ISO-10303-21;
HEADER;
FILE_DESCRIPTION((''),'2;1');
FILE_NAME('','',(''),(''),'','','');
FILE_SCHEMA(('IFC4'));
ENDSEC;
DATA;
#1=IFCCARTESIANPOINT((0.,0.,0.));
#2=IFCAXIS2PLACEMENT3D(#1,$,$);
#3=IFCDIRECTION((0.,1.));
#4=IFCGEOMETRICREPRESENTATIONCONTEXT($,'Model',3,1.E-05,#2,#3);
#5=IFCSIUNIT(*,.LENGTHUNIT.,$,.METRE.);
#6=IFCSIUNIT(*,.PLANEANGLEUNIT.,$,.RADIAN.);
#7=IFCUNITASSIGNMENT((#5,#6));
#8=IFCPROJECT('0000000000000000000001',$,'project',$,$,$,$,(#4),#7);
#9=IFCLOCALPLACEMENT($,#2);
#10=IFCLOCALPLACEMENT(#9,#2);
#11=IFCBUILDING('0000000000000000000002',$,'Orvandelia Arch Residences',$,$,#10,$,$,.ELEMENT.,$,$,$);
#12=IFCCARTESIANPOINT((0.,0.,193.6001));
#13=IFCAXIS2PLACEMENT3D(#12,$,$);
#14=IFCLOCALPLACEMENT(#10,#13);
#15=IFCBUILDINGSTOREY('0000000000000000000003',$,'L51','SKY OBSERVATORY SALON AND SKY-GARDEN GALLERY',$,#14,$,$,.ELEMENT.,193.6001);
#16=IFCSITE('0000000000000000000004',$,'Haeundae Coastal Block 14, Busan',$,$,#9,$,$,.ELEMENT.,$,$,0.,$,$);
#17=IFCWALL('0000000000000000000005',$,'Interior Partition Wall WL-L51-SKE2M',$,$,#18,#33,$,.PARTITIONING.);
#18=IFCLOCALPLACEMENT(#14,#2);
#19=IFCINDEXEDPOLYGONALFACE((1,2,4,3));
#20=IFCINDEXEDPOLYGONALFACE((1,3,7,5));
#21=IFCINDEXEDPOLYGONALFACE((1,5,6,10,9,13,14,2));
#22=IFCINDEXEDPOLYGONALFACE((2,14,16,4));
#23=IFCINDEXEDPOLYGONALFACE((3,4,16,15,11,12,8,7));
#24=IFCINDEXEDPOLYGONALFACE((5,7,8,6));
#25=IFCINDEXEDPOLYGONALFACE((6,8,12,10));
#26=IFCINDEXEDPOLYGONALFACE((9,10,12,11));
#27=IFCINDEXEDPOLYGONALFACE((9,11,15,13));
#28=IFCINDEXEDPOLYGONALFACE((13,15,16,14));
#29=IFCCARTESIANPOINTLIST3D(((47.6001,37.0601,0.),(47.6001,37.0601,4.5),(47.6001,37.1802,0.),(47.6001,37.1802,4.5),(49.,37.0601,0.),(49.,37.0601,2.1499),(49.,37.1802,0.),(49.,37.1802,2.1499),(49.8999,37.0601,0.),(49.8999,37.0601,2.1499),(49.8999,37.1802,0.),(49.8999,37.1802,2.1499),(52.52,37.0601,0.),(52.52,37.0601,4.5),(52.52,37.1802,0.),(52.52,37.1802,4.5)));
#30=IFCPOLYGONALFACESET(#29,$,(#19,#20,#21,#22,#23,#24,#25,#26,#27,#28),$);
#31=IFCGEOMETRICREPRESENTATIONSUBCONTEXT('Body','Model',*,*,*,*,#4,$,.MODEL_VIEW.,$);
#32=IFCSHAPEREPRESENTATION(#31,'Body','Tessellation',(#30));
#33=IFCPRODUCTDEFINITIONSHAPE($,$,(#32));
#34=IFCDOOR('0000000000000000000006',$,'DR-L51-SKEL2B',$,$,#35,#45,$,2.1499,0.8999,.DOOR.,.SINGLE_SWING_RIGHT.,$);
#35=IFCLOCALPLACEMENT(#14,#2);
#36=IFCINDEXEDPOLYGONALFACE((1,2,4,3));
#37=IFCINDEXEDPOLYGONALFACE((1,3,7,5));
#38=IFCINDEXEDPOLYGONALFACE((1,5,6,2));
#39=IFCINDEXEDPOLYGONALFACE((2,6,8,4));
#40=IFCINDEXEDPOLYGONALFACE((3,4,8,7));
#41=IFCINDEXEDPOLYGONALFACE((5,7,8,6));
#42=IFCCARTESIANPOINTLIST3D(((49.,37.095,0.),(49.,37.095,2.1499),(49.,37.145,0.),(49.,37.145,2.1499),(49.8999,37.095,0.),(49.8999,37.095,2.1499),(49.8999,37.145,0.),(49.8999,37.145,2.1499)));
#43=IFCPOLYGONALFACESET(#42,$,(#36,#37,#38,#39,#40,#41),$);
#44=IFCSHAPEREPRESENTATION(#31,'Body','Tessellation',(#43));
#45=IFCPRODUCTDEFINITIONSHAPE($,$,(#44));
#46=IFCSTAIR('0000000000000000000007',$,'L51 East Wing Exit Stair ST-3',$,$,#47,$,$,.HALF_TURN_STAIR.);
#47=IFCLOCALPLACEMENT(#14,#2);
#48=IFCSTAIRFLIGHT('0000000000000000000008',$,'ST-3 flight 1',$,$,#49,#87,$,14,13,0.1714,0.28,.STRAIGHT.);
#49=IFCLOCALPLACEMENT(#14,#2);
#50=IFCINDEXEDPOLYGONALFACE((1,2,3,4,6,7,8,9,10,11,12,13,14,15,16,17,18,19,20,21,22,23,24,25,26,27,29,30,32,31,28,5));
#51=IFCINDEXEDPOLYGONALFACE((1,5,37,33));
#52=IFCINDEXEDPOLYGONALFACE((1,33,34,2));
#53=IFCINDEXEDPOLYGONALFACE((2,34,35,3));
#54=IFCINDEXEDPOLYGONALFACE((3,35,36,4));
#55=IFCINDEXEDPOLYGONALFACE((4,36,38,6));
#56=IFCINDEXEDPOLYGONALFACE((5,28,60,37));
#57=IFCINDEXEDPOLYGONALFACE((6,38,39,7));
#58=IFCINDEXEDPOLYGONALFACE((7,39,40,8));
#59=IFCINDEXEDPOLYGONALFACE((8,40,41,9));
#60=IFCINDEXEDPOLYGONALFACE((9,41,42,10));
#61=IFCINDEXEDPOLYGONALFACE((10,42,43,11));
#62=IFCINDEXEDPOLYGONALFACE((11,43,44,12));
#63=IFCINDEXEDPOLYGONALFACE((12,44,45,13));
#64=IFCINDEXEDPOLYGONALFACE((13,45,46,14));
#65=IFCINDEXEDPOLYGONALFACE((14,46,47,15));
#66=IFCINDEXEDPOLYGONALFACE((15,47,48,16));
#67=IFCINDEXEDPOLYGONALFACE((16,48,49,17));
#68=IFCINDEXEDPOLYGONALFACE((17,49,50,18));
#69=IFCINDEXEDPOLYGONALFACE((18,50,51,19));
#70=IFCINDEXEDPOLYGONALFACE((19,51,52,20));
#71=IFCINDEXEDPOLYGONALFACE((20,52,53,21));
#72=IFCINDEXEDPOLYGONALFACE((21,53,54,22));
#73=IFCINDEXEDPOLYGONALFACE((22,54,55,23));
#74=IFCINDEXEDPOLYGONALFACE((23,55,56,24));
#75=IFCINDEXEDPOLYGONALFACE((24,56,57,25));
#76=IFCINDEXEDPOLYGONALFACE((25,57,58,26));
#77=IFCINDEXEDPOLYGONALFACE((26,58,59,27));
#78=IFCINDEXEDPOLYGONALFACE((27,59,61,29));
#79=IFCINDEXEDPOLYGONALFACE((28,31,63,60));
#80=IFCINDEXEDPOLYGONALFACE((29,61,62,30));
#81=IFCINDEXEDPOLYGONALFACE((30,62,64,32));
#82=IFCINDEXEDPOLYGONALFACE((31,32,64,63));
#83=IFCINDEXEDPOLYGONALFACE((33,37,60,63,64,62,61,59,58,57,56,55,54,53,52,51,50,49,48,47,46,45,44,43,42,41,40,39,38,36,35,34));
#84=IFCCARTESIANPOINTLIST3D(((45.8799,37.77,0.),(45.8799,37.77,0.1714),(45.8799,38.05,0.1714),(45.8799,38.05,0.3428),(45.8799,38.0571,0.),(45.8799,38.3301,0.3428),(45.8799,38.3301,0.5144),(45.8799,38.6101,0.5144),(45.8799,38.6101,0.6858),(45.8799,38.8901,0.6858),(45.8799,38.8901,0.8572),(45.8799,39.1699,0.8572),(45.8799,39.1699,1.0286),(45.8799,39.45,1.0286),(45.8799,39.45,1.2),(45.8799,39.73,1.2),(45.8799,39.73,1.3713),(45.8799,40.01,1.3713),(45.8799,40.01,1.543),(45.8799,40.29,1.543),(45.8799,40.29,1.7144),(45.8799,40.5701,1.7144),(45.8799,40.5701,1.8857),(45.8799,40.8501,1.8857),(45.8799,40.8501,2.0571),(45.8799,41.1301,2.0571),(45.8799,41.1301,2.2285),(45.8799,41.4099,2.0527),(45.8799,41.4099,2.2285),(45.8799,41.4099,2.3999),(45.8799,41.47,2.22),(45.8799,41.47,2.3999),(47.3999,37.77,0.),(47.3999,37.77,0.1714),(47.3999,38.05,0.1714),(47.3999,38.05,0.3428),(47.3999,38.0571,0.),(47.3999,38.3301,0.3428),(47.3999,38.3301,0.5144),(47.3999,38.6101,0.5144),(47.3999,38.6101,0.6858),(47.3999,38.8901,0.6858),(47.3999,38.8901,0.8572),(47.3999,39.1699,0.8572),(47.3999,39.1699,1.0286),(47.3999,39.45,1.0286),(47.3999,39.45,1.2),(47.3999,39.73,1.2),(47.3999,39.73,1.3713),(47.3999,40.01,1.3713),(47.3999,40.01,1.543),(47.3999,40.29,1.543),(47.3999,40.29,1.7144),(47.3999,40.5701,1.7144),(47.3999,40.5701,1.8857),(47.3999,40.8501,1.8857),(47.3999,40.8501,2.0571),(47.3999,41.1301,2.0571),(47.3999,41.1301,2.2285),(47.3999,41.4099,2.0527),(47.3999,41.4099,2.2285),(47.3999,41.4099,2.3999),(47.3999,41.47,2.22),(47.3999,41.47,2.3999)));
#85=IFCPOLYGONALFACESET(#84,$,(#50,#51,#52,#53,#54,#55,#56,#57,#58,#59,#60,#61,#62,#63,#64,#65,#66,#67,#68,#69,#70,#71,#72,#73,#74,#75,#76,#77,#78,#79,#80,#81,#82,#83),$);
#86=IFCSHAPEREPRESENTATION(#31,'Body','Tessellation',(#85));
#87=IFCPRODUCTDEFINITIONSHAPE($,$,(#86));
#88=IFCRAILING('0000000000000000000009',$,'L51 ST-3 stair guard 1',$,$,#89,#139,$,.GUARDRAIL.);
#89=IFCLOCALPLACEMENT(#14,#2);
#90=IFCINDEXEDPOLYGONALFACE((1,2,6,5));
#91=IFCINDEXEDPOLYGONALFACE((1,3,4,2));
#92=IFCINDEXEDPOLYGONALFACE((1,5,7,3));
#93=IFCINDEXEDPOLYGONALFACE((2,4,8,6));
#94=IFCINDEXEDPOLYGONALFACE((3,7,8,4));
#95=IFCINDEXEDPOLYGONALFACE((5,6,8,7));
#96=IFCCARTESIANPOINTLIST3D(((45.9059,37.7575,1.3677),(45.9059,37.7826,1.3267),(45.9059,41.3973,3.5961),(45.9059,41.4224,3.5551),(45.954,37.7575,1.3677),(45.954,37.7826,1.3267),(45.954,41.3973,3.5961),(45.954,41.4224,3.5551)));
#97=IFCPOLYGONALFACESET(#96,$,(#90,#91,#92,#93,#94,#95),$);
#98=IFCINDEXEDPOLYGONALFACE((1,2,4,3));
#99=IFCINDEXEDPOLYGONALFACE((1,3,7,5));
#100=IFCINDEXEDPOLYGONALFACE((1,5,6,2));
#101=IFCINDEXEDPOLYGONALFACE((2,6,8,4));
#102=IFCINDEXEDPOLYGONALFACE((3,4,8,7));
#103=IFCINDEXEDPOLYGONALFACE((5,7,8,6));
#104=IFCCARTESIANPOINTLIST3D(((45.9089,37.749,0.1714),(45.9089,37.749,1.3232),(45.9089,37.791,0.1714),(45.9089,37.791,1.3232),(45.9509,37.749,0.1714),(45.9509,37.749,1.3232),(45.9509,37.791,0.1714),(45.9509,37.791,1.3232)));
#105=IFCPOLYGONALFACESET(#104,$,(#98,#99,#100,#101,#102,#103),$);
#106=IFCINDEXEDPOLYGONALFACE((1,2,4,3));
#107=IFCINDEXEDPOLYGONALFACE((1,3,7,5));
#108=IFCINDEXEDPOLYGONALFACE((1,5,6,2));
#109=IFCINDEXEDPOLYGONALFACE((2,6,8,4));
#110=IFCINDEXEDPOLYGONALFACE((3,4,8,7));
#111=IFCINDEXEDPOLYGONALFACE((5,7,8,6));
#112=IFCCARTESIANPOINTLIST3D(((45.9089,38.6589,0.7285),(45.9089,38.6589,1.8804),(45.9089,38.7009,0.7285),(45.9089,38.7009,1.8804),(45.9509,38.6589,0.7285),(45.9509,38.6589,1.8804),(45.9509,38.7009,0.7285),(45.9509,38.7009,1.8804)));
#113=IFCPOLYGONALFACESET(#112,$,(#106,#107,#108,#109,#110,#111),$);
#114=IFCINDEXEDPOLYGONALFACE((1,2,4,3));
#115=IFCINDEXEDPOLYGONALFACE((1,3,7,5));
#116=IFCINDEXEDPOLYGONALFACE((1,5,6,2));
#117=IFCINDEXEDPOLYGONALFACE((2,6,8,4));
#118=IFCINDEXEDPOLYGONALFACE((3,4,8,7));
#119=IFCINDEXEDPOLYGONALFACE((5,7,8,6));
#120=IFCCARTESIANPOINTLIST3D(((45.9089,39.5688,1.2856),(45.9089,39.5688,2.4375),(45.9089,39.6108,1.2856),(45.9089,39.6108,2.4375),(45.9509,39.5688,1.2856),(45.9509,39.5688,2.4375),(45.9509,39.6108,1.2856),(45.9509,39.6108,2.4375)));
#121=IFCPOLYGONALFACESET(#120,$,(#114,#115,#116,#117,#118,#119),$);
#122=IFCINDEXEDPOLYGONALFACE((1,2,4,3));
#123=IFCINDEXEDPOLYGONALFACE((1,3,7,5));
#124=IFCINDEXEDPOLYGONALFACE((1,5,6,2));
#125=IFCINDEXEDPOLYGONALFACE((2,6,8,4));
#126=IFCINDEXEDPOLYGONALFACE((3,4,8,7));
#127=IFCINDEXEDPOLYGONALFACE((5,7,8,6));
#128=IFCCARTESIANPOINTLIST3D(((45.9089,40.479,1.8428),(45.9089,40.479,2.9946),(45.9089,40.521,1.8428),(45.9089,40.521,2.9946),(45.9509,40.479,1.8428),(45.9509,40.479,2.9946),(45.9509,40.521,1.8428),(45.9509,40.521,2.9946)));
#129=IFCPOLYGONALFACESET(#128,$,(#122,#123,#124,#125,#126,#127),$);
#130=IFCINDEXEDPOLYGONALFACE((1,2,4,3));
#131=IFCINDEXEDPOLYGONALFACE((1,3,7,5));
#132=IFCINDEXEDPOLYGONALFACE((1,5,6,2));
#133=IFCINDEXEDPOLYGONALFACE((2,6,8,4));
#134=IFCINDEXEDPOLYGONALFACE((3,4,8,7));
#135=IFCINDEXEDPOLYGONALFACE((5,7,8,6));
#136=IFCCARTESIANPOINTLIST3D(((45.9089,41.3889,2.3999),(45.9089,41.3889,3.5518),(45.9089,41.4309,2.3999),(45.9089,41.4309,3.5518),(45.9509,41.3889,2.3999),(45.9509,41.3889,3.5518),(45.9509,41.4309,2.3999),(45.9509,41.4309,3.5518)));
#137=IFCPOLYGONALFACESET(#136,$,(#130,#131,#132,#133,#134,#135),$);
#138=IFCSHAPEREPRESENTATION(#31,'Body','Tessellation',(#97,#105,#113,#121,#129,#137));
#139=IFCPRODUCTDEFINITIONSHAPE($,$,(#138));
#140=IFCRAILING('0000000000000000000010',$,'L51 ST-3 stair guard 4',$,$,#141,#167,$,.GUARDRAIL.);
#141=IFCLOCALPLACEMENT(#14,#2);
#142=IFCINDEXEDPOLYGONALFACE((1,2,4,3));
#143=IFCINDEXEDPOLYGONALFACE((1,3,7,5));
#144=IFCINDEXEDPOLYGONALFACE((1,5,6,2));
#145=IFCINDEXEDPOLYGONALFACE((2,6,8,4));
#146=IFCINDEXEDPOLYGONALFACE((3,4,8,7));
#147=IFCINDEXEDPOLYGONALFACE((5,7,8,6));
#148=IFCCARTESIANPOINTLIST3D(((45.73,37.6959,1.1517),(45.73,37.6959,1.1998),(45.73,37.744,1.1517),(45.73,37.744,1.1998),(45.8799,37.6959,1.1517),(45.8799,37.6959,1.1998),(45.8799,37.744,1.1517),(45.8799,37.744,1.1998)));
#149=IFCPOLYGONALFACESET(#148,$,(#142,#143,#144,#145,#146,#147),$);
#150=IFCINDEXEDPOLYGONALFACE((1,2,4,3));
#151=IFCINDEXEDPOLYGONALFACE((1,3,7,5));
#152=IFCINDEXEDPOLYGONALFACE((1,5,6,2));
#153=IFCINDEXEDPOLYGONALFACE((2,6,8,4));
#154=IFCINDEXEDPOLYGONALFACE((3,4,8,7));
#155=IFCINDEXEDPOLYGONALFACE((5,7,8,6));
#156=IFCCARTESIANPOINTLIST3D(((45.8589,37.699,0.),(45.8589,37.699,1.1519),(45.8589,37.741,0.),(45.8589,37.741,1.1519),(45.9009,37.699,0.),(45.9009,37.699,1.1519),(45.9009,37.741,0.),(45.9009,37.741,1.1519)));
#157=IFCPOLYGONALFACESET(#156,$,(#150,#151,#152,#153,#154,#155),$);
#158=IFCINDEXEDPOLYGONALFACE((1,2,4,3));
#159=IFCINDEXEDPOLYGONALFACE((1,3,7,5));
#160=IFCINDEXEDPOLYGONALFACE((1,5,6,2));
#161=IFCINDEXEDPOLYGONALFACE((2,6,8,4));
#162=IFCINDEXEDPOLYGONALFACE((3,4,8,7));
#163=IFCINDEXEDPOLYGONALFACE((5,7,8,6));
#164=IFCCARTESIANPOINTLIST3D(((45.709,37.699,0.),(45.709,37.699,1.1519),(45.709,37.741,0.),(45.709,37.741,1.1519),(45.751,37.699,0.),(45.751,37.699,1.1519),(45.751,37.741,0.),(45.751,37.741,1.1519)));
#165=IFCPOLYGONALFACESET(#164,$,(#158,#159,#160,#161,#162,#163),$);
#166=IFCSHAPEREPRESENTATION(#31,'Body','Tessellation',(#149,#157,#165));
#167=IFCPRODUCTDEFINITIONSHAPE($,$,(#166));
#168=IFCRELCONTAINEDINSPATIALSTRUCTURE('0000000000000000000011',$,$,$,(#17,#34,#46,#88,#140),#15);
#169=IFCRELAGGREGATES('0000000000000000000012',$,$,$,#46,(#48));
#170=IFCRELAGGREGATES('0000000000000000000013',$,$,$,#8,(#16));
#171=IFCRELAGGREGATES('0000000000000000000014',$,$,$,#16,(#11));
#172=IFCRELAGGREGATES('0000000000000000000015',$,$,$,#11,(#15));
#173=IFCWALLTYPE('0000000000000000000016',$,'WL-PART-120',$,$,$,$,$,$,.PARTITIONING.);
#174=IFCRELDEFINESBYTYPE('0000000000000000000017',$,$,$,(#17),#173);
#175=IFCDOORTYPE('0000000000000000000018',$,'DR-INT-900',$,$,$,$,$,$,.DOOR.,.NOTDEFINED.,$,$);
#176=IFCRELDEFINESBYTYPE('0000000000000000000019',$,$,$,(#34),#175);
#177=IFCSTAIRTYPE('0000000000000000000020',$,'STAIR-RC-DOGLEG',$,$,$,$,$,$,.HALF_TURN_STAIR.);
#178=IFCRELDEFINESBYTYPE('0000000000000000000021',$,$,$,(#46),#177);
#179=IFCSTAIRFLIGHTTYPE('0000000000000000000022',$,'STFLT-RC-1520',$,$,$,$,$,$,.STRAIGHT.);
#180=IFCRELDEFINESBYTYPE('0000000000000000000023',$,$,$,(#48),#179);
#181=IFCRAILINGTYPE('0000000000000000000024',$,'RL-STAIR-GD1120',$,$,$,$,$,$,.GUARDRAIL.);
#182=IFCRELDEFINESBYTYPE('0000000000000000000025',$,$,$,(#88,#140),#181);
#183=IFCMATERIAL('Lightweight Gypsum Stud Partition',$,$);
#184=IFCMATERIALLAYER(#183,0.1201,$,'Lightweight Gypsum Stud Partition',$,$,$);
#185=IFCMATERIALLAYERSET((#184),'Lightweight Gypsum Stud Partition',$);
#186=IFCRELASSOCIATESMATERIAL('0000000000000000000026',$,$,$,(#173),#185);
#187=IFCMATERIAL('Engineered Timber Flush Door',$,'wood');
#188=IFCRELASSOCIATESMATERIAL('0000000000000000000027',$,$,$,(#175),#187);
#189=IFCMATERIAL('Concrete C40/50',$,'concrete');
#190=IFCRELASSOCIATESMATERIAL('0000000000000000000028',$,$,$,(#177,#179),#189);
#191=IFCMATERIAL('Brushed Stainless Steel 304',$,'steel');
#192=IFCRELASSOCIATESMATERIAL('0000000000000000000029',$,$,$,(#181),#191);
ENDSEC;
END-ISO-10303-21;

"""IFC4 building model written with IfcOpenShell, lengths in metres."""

from ifc_helpers import new_model, si_unit, direction, frame, frame_2d, origin, origin_2d, place, context, subcontext, project, spatial, polyline, rectangle, outline, extrude, material, layer, layer_set, type_object, element, fill, aggregate, save


model = new_model("IFC4")

# Units and contexts
model_context = context("Model", 3, precision=1e-05, world=origin(), true_north=direction((0.0, 1.0)))
body_context = subcontext(model_context, "Body", "Model", "MODEL_VIEW")
ifc_project = project(units=[si_unit("LENGTHUNIT", "METRE"), si_unit("PLANEANGLEUNIT", "RADIAN")], contexts=[model_context])

# Site, building, storey
site_placement = place(None, origin())
site = spatial("IfcSite", under=ifc_project, at=site_placement, Name="Haeundae Coastal Block 14, Busan", CompositionType="ELEMENT", RefElevation=0.0)
building_placement = place(site_placement, origin())
building = spatial("IfcBuilding", under=site, at=building_placement, Name="Orvandelia Arch Residences", CompositionType="ELEMENT")
storey_placement = place(building_placement, frame((0.0, 0.0, 193.6001)))
storey = spatial("IfcBuildingStorey", under=building, at=storey_placement, Name="L51", Description="SKY OBSERVATORY SALON AND SKY-GARDEN GALLERY", CompositionType="ELEMENT", Elevation=193.6001)

# Shared definitions
ifc_material_1 = material(Name="Concrete C40/50", Category="concrete")

# Wall, opening, door
ifc_material_2 = material(Name="Lightweight Gypsum Stud Partition")
ifc_layer_1 = layer(ifc_material_2, 0.1201, Name="Lightweight Gypsum Stud Partition")
ifc_layer_set_1 = layer_set([ifc_layer_1], Name="Lightweight Gypsum Stud Partition")
wall_type_1 = type_object("IfcWallType", Name="WL-PART-120", PredefinedType="PARTITIONING", material=ifc_layer_set_1)
wall_1_placement = place(storey_placement, frame((47.6001, 37.1201, 0.0), z_axis=(0.0, 0.0, 1.0), x_axis=(1.0, 0.0, 0.0)))
wall_1 = element("IfcWall", 1, at=wall_1_placement, inside=storey, type_object=wall_type_1, Name="Interior Partition Wall WL-L51-SKE2M", PredefinedType="PARTITIONING", context=body_context, shape_type="SweptSolid", body=[
    extrude(rectangle(XDim=4.9199, YDim=0.1201, at=frame_2d((2.46, 0.0))), origin(), (0.0, 0.0, 1.0), 4.5),
])
opening_placement = place(wall_1_placement, frame((1.3999, 0.0, 0.0)))
opening = element("IfcOpeningElement", 2, at=opening_placement, cuts=wall_1, PredefinedType="OPENING", context=body_context, shape_type="SweptSolid", body=[
    extrude(rectangle(XDim=0.8999, YDim=2.1499, at=frame_2d((0.45, 1.075))), frame((0.0, 0.0701, 0.0), z_axis=(0.0, -1.0, 0.0), x_axis=(1.0, 0.0, 0.0)), (0.0, 0.0, 1.0), 0.1401),
])
ifc_material_3 = material(Name="Engineered Timber Flush Door", Category="wood")
door_type = type_object("IfcDoorType", Name="DR-INT-900", OperationType="NOTDEFINED", PredefinedType="DOOR", material=ifc_material_3)
door_placement = place(opening_placement, origin())
door = element("IfcDoor", 3, at=door_placement, inside=storey, type_object=door_type, Name="DR-L51-SKEL2B", OperationType="SINGLE_SWING_RIGHT", OverallHeight=2.1499, OverallWidth=0.8999, PredefinedType="DOOR", context=body_context, shape_type="SweptSolid", body=[
    extrude(rectangle(XDim=0.8999, YDim=2.1499, at=frame_2d((0.45, 1.075))), frame((0.0, 0.0249, 0.0), z_axis=(0.0, -1.0, 0.0), x_axis=(1.0, 0.0, 0.0)), (0.0, 0.0, 1.0), 0.05),
])
fill(opening, door)

# Stair, stair flight
stair_type = type_object("IfcStairType", Name="STAIR-RC-DOGLEG", PredefinedType="HALF_TURN_STAIR", material=ifc_material_1)
stair_placement = place(storey_placement, origin())
stair = element("IfcStair", 4, at=stair_placement, inside=storey, type_object=stair_type, Name="L51 East Wing Exit Stair ST-3", PredefinedType="HALF_TURN_STAIR")
stair_flight_type = type_object("IfcStairFlightType", Name="STFLT-RC-1520", PredefinedType="STRAIGHT", material=ifc_material_1)
stair_flight_placement = place(storey_placement, frame((46.6399, 37.77, 0.0), z_axis=(0.0, 0.0, 1.0), x_axis=(0.0, 1.0, 0.0)))
stair_flight = element("IfcStairFlight", 5, at=stair_flight_placement, type_object=stair_flight_type, Name="ST-3 flight 1", NumberOfRisers=14, NumberOfTreads=13, PredefinedType="STRAIGHT", RiserHeight=0.1714, TreadLength=0.28, context=body_context, shape_type="SweptSolid", body=[
    extrude(outline(polyline([(0.0, 0.0), (0.0, 0.1714), (0.28, 0.1714), (0.28, 0.3428), (0.5601, 0.3428), (0.5601, 0.5144), (0.8401, 0.5144), (0.8401, 0.6858), (1.1201, 0.6858), (1.1201, 0.8572), (1.3999, 0.8572), (1.3999, 1.0286), (1.6799, 1.0286), (1.6799, 1.2), (1.96, 1.2), (1.96, 1.3713), (2.24, 1.3713), (2.24, 1.543), (2.52, 1.543), (2.52, 1.7144), (2.8, 1.7144), (2.8, 1.8857), (3.0801, 1.8857), (3.0801, 2.0571), (3.3601, 2.0571), (3.3601, 2.2285), (3.6399, 2.2285), (3.6399, 2.3999), (3.7, 2.3999), (3.7, 2.22), (3.6399, 2.0527), (0.2871, 0.0), (0.0, 0.0)])), frame((0.0, 0.76, 0.0), z_axis=(0.0, -1.0, 0.0), x_axis=(1.0, 0.0, 0.0)), (0.0, 0.0, 1.0), 1.52),
])
aggregate(stair, [stair_flight])

# Railings
ifc_material_4 = material(Name="Brushed Stainless Steel 304", Category="steel")
railing_type_1 = type_object("IfcRailingType", Name="RL-STAIR-GD1120", PredefinedType="GUARDRAIL", material=ifc_material_4)
railing_1_placement = place(storey_placement, frame((45.9299, 37.77, 0.1714)))
element("IfcRailing", 6, at=railing_1_placement, inside=storey, type_object=railing_type_1, Name="L51 ST-3 stair guard 1", PredefinedType="GUARDRAIL", context=body_context, shape_type="SweptSolid", body=[
    extrude(rectangle(XDim=0.0481, YDim=0.0481, at=origin_2d()), frame((0.0, 0.0, 1.1758), z_axis=(0.0, 0.85285, 0.522156), x_axis=(-1.0, 0.0, 0.0)), (0.0, 0.0, 1.0), 4.2678),
    extrude(rectangle(XDim=0.042, YDim=0.042, at=origin_2d()), origin(), (0.0, 0.0, 1.0), 1.1519),
    extrude(rectangle(XDim=0.042, YDim=0.042, at=origin_2d()), frame((0.0, 0.9099, 0.5571)), (0.0, 0.0, 1.0), 1.1519),
    extrude(rectangle(XDim=0.042, YDim=0.042, at=origin_2d()), frame((0.0, 1.8198, 1.1143)), (0.0, 0.0, 1.0), 1.1519),
    extrude(rectangle(XDim=0.042, YDim=0.042, at=origin_2d()), frame((0.0, 2.73, 1.6714)), (0.0, 0.0, 1.0), 1.1519),
    extrude(rectangle(XDim=0.042, YDim=0.042, at=origin_2d()), frame((0.0, 3.6399, 2.2285)), (0.0, 0.0, 1.0), 1.1519),
])
railing_2_placement = place(storey_placement, frame((45.8799, 37.72, 0.0)))
element("IfcRailing", 7, at=railing_2_placement, inside=storey, type_object=railing_type_1, Name="L51 ST-3 stair guard 4", PredefinedType="GUARDRAIL", context=body_context, shape_type="SweptSolid", body=[
    extrude(rectangle(XDim=0.0481, YDim=0.0481, at=origin_2d()), frame((0.0, 0.0, 1.1758), z_axis=(-1.0, 0.0, 0.0), x_axis=(0.0, -1.0, 0.0)), (0.0, 0.0, 1.0), 0.1499),
    extrude(rectangle(XDim=0.042, YDim=0.042, at=origin_2d()), origin(), (0.0, 0.0, 1.0), 1.1519),
    extrude(rectangle(XDim=0.042, YDim=0.042, at=origin_2d()), frame((-0.1499, 0.0, 0.0)), (0.0, 0.0, 1.0), 1.1519),
])

save(model, "model.ifc")
